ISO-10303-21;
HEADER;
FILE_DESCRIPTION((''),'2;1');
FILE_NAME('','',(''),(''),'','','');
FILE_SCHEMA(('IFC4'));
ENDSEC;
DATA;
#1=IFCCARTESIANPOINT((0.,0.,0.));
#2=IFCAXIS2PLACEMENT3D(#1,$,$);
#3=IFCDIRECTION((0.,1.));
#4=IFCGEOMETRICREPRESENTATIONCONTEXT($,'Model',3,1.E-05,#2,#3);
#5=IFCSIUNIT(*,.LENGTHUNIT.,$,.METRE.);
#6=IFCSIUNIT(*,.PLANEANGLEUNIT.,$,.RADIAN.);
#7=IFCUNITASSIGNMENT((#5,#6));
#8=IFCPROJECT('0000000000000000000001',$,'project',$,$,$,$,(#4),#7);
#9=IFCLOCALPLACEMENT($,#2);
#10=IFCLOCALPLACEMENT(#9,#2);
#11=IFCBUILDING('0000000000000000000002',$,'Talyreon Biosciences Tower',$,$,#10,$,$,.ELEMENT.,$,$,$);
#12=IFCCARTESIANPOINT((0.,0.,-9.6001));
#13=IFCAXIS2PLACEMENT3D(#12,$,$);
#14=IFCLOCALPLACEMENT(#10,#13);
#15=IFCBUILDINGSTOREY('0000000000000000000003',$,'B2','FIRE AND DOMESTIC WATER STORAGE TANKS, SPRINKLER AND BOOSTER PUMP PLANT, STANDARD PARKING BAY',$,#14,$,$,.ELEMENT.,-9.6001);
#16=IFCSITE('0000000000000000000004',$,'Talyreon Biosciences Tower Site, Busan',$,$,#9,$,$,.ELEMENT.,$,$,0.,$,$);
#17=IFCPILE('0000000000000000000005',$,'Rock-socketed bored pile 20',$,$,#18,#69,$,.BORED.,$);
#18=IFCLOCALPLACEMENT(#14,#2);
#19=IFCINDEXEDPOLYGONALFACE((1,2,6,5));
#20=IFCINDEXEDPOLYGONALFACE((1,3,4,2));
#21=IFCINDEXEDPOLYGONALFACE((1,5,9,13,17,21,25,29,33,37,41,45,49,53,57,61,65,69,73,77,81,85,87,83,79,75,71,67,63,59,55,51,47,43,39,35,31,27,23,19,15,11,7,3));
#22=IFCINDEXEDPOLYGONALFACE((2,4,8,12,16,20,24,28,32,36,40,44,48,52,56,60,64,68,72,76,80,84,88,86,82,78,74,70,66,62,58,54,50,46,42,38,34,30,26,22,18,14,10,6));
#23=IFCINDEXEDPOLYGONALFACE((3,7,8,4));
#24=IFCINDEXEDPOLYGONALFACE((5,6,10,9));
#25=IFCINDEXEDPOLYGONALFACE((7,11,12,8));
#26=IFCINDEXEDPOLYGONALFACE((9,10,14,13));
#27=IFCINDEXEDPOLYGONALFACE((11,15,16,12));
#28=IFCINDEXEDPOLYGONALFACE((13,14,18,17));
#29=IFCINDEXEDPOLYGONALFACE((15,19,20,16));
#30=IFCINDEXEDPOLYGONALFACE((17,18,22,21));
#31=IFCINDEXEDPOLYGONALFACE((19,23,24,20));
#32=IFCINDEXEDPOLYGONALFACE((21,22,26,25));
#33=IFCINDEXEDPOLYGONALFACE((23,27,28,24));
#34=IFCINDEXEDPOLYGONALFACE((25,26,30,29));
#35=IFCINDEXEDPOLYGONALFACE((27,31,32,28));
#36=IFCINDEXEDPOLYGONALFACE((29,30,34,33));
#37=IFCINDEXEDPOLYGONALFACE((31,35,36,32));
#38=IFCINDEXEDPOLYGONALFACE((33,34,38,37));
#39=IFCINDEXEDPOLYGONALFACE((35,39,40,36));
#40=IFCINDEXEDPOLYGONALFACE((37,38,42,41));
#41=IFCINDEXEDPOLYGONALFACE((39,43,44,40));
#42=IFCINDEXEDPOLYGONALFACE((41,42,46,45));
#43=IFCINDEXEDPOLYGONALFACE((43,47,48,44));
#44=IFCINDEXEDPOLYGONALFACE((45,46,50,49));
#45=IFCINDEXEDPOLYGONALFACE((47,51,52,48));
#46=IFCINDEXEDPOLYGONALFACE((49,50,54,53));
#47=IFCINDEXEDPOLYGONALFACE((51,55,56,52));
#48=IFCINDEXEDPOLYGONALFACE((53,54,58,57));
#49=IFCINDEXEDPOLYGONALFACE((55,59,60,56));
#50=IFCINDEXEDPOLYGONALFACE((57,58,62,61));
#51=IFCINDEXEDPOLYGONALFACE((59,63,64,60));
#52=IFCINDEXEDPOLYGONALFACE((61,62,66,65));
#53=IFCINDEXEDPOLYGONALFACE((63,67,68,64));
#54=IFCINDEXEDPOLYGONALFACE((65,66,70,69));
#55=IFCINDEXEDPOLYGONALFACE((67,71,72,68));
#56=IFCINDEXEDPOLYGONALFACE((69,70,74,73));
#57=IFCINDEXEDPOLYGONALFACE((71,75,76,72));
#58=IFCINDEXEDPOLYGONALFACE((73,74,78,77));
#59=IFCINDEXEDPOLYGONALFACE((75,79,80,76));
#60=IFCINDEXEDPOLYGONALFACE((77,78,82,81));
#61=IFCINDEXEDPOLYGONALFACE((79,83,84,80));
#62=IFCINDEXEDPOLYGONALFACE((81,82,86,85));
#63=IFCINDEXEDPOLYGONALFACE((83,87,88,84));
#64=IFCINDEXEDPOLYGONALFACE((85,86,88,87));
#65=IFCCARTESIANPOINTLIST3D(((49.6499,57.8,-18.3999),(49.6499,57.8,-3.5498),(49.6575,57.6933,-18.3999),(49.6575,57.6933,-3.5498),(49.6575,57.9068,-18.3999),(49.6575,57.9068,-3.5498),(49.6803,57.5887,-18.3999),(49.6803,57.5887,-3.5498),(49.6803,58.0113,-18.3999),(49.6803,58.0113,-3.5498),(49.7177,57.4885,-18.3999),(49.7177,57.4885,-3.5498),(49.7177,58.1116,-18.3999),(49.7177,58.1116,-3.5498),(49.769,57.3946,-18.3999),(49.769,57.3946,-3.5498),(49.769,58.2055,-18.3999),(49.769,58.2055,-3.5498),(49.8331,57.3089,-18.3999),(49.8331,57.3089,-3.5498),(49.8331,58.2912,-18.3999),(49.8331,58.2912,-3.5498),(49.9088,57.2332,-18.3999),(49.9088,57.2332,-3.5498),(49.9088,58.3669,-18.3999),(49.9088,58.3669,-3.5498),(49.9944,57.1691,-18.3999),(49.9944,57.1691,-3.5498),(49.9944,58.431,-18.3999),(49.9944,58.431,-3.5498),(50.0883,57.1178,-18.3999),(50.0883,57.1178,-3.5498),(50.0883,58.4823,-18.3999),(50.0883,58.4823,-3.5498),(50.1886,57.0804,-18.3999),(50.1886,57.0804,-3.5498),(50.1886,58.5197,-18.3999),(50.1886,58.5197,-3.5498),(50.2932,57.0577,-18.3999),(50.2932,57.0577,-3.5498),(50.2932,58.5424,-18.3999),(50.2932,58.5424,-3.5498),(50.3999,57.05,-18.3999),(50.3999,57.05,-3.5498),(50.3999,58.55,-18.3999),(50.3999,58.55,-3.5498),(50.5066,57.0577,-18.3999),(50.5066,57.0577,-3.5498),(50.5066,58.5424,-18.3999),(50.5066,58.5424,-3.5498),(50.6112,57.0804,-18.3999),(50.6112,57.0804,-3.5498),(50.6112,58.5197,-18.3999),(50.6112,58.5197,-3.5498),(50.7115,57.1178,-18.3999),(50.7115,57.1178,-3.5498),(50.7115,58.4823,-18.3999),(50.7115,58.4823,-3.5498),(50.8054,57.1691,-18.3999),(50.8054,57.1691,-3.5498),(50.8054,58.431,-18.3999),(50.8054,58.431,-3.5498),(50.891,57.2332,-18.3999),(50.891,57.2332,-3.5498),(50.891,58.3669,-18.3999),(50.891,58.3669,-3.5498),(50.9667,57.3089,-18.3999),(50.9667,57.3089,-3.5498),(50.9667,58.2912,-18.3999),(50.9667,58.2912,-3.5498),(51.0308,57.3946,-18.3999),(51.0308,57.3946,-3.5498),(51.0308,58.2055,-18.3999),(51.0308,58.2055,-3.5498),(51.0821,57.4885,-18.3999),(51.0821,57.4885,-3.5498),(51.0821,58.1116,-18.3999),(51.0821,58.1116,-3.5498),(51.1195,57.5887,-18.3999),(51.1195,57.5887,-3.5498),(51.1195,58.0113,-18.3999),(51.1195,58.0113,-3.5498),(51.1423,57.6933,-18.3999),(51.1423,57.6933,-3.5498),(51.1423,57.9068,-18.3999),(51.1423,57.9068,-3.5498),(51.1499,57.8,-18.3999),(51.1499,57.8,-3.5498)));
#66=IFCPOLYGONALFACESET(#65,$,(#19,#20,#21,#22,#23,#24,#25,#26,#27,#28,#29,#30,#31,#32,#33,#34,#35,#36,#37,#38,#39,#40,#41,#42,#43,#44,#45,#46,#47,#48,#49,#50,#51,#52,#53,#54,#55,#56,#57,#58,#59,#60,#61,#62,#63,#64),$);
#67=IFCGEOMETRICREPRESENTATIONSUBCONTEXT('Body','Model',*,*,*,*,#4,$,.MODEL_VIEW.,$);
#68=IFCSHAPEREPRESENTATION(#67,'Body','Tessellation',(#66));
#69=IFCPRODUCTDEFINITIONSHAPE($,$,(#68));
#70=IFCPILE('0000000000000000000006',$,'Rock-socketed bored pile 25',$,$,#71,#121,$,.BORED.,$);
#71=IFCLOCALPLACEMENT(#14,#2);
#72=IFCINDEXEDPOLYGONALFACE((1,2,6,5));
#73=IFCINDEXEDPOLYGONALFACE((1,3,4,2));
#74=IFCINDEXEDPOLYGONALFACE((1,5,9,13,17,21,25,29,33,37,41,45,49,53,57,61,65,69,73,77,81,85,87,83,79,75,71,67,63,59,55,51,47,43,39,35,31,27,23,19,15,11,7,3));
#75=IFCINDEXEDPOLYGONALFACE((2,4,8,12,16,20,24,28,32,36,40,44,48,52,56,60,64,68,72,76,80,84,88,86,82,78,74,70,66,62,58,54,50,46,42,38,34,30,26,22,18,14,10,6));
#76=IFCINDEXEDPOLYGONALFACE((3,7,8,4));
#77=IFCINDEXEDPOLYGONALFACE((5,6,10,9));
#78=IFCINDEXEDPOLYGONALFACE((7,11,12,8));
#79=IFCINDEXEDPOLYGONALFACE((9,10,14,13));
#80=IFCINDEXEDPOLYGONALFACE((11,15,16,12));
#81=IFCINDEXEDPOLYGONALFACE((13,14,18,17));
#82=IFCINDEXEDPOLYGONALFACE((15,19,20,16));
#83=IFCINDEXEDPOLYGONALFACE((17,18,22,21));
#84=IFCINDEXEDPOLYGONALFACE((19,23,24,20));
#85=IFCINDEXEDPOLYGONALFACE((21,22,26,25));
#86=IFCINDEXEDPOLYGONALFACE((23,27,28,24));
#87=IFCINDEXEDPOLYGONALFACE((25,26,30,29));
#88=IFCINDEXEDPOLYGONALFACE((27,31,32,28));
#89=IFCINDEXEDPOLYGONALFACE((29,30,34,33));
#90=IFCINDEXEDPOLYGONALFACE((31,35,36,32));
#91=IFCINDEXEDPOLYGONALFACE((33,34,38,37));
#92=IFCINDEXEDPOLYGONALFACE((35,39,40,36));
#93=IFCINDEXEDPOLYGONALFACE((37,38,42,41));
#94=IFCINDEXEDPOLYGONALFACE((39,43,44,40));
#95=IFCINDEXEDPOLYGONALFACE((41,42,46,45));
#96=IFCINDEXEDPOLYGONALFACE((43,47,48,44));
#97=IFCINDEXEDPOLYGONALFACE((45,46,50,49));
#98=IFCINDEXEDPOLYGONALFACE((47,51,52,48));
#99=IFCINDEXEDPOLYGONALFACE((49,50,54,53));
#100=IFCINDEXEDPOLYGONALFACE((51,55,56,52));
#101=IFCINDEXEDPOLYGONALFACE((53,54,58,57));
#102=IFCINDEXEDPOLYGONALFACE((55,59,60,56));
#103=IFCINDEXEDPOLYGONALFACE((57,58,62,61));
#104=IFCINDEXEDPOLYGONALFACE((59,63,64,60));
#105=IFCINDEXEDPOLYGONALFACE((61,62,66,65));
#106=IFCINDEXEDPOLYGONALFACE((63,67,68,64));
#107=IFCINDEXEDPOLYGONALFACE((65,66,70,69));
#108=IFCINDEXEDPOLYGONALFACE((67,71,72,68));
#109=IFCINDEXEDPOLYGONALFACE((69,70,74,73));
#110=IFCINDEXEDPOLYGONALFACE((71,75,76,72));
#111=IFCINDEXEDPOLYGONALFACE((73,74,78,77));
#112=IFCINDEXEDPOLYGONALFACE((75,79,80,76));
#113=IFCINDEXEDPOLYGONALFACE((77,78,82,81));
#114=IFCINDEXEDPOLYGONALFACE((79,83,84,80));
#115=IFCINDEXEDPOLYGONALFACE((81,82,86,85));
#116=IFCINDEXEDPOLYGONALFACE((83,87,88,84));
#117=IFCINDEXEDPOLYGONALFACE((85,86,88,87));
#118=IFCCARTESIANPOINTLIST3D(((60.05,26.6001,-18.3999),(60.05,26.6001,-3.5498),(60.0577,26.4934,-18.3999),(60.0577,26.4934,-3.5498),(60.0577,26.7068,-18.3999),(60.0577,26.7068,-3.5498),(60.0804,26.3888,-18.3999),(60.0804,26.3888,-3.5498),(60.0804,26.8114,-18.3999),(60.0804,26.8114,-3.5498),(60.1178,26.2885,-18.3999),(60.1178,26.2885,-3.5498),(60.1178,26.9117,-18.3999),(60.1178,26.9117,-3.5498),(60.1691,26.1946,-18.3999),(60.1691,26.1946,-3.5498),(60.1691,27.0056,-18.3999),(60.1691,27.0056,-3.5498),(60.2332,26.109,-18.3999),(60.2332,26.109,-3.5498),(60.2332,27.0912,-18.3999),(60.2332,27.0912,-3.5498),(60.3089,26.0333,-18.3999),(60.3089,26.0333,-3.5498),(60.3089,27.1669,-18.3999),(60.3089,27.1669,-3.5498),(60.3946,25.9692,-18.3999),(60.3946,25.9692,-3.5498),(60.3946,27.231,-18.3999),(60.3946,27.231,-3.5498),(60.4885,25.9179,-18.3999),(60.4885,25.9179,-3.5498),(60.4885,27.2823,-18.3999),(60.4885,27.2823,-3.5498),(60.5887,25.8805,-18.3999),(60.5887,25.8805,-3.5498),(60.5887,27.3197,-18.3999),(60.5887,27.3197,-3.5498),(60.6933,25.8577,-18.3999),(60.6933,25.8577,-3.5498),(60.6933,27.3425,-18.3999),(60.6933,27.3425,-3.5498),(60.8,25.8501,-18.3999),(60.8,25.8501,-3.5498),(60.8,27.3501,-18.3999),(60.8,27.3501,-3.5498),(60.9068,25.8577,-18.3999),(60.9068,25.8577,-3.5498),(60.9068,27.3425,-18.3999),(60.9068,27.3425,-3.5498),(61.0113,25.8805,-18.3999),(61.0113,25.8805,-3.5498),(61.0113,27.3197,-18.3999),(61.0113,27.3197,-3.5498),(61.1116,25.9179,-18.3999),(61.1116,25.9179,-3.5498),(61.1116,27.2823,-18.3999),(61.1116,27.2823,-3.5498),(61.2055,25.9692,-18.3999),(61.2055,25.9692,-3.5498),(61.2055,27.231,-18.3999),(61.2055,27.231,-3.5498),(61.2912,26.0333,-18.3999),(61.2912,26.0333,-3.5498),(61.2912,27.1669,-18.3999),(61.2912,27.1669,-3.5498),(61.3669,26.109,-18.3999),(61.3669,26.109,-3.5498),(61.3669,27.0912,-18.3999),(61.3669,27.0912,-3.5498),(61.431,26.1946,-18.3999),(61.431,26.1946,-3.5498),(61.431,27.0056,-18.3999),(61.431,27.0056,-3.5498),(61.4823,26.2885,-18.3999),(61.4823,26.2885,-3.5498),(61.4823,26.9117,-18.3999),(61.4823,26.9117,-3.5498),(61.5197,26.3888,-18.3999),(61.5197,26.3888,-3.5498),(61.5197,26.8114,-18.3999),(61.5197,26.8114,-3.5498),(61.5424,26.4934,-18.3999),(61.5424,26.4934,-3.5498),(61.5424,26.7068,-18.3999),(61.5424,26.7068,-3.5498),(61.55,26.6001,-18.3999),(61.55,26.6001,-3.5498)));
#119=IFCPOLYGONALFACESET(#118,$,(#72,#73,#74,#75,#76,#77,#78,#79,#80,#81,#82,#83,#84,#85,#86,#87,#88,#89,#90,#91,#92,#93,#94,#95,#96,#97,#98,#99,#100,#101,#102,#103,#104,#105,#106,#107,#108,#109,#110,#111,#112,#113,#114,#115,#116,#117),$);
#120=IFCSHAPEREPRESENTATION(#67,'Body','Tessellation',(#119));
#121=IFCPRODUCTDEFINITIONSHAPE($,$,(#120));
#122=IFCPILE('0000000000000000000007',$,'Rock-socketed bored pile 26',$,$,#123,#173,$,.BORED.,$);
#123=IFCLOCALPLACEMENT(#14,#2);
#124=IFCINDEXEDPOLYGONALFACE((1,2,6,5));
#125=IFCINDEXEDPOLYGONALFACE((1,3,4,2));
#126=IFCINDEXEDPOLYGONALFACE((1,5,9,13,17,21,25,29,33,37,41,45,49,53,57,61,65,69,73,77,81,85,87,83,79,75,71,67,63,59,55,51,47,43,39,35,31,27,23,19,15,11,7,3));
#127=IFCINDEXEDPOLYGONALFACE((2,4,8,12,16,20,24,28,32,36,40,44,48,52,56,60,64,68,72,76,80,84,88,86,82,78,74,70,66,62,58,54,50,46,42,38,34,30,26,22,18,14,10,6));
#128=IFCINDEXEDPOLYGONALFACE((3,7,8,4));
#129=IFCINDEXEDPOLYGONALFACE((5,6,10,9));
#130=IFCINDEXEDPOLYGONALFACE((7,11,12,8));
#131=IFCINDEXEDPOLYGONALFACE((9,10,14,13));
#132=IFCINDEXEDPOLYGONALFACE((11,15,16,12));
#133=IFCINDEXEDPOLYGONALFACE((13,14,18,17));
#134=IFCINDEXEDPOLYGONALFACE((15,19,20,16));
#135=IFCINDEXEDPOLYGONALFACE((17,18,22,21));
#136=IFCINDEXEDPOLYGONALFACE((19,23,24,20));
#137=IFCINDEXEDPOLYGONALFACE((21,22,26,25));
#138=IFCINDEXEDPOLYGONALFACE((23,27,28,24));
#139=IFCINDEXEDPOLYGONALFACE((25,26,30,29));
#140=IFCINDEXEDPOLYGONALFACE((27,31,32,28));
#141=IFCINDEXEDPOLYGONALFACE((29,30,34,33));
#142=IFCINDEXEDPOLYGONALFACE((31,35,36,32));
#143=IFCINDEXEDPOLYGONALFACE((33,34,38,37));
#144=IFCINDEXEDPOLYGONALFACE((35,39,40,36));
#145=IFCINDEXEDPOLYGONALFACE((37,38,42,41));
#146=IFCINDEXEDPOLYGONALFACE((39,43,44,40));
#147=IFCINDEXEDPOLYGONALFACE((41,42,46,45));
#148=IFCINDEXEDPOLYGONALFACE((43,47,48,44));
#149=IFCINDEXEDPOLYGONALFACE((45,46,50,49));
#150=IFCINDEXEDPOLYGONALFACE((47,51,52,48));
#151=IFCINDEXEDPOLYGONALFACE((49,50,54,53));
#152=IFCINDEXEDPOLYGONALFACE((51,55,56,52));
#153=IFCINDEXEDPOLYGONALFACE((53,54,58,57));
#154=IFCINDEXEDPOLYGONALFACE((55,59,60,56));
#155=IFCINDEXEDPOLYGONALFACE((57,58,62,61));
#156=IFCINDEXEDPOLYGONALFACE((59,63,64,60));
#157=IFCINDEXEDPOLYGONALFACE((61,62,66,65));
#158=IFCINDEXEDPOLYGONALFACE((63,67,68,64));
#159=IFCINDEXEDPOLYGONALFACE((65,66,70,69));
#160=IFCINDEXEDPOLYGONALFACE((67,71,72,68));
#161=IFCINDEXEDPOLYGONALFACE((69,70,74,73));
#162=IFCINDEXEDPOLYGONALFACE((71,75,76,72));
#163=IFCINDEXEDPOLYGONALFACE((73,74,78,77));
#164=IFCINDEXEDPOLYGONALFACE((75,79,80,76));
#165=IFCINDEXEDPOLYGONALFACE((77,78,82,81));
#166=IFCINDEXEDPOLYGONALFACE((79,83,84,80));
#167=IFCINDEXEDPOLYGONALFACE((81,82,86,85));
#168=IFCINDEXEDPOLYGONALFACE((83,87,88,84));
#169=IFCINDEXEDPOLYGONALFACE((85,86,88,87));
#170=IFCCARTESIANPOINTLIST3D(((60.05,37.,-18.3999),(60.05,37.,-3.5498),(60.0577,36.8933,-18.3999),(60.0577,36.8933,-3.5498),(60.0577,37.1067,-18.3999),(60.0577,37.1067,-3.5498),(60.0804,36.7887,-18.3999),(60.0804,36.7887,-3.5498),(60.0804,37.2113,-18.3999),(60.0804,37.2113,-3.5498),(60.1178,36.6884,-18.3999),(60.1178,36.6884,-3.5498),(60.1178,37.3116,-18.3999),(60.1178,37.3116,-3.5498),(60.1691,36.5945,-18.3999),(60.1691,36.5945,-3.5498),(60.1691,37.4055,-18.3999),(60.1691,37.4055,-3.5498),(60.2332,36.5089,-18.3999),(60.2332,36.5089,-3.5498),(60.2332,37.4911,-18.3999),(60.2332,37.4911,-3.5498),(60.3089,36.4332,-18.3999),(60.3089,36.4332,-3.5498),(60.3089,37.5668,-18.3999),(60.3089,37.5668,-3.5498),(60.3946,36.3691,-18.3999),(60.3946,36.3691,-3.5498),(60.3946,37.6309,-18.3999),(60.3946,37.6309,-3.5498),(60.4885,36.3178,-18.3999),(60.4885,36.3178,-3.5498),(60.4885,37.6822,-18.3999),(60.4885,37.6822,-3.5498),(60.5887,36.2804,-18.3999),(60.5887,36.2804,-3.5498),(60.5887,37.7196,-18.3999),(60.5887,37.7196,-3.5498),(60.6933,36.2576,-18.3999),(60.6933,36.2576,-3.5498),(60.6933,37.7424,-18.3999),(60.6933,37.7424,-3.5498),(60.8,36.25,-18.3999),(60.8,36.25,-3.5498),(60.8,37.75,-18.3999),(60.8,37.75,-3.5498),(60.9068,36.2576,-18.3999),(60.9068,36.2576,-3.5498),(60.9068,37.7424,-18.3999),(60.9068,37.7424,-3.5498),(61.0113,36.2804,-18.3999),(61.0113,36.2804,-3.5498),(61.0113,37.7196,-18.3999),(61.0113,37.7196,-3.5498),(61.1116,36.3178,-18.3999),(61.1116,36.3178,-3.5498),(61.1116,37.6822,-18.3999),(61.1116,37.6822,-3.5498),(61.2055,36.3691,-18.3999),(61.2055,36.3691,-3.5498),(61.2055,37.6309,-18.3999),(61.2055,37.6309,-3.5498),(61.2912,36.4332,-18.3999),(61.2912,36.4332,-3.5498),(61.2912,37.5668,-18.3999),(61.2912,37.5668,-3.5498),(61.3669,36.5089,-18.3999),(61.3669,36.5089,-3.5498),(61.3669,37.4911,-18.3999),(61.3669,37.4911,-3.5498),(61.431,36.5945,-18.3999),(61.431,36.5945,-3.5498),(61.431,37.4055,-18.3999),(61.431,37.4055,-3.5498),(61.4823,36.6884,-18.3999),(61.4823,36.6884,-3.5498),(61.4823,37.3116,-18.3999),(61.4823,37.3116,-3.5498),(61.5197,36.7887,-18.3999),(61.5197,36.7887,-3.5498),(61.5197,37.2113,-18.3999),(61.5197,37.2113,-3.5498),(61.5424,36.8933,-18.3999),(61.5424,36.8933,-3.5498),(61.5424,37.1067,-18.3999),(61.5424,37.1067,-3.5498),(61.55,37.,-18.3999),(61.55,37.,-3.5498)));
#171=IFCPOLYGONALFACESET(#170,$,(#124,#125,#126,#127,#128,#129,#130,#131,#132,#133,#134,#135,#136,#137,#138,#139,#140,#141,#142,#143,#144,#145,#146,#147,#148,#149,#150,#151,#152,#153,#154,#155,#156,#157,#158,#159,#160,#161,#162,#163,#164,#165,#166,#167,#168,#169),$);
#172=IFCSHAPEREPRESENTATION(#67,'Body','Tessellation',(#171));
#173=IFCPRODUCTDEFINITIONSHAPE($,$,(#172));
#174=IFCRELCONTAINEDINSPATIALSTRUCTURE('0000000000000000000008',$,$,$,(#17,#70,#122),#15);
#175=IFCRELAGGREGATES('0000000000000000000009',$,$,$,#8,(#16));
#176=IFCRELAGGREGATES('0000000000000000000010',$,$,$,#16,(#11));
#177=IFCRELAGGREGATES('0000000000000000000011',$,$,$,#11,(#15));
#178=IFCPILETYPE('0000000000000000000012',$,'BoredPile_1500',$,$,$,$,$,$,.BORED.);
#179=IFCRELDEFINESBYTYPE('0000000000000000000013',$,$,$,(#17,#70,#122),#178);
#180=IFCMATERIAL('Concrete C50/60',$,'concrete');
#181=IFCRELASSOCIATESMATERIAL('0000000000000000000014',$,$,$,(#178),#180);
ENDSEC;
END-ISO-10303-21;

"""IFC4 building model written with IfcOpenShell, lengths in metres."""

from ifc_helpers import new_model, si_unit, direction, frame, origin, origin_2d, place, context, subcontext, project, spatial, circle, extrude, material, material_profile, profile_set, type_object, element, save


model = new_model("IFC4")

# Units and contexts
model_context = context("Model", 3, precision=1e-05, world=origin(), true_north=direction((0.0, 1.0)))
body_context = subcontext(model_context, "Body", "Model", "MODEL_VIEW")
ifc_project = project(units=[si_unit("LENGTHUNIT", "METRE"), si_unit("PLANEANGLEUNIT", "RADIAN")], contexts=[model_context])

# Site, building, storey
site_placement = place(None, origin())
site = spatial("IfcSite", under=ifc_project, at=site_placement, Name="Talyreon Biosciences Tower Site, Busan", CompositionType="ELEMENT", RefElevation=0.0)
building_placement = place(site_placement, origin())
building = spatial("IfcBuilding", under=site, at=building_placement, Name="Talyreon Biosciences Tower", CompositionType="ELEMENT")
storey_placement = place(building_placement, frame((0.0, 0.0, -9.6001)))
storey = spatial("IfcBuildingStorey", under=building, at=storey_placement, Name="B2", Description="FIRE AND DOMESTIC WATER STORAGE TANKS, SPRINKLER AND BOOSTER PUMP PLANT, STANDARD PARKING BAY", CompositionType="ELEMENT", Elevation=-9.6001)

# Piles
ifc_material_1 = material(Name="Concrete C50/60", Category="concrete")
ifc_material_profile_1 = material_profile(ifc_material_1, circle(Radius=0.75, at=origin_2d()), Name="PILE D1500")
ifc_profile_set_1 = profile_set([ifc_material_profile_1], Name="Concrete C50/60")
pile_type = type_object("IfcPileType", Name="BoredPile_1500", PredefinedType="BORED", material=ifc_profile_set_1)
for number, where, z_axis, x_axis, name in (
    (1, (50.3999, 57.8, -3.5498), (0.0, 0.0, -1.0), (1.0, 0.0, 0.0), "Rock-socketed bored pile 20"),
    (2, (60.8, 26.6001, -3.5498), (0.0, 0.0, -1.0), (1.0, 0.0, 0.0), "Rock-socketed bored pile 25"),
    (3, (60.8, 37.0, -3.5498), (0.0, 0.0, -1.0), (1.0, 0.0, 0.0), "Rock-socketed bored pile 26"),
):
    element("IfcPile", number, at=place(storey_placement, frame(where, z_axis=z_axis, x_axis=x_axis)), inside=storey, type_object=pile_type, Name=name, PredefinedType="BORED", context=body_context, shape_type="SweptSolid", body=[
        extrude(circle(Radius=0.75, at=origin_2d()), origin(), (0.0, 0.0, 1.0), 14.8501),
    ])

save(model, "model.ifc")
